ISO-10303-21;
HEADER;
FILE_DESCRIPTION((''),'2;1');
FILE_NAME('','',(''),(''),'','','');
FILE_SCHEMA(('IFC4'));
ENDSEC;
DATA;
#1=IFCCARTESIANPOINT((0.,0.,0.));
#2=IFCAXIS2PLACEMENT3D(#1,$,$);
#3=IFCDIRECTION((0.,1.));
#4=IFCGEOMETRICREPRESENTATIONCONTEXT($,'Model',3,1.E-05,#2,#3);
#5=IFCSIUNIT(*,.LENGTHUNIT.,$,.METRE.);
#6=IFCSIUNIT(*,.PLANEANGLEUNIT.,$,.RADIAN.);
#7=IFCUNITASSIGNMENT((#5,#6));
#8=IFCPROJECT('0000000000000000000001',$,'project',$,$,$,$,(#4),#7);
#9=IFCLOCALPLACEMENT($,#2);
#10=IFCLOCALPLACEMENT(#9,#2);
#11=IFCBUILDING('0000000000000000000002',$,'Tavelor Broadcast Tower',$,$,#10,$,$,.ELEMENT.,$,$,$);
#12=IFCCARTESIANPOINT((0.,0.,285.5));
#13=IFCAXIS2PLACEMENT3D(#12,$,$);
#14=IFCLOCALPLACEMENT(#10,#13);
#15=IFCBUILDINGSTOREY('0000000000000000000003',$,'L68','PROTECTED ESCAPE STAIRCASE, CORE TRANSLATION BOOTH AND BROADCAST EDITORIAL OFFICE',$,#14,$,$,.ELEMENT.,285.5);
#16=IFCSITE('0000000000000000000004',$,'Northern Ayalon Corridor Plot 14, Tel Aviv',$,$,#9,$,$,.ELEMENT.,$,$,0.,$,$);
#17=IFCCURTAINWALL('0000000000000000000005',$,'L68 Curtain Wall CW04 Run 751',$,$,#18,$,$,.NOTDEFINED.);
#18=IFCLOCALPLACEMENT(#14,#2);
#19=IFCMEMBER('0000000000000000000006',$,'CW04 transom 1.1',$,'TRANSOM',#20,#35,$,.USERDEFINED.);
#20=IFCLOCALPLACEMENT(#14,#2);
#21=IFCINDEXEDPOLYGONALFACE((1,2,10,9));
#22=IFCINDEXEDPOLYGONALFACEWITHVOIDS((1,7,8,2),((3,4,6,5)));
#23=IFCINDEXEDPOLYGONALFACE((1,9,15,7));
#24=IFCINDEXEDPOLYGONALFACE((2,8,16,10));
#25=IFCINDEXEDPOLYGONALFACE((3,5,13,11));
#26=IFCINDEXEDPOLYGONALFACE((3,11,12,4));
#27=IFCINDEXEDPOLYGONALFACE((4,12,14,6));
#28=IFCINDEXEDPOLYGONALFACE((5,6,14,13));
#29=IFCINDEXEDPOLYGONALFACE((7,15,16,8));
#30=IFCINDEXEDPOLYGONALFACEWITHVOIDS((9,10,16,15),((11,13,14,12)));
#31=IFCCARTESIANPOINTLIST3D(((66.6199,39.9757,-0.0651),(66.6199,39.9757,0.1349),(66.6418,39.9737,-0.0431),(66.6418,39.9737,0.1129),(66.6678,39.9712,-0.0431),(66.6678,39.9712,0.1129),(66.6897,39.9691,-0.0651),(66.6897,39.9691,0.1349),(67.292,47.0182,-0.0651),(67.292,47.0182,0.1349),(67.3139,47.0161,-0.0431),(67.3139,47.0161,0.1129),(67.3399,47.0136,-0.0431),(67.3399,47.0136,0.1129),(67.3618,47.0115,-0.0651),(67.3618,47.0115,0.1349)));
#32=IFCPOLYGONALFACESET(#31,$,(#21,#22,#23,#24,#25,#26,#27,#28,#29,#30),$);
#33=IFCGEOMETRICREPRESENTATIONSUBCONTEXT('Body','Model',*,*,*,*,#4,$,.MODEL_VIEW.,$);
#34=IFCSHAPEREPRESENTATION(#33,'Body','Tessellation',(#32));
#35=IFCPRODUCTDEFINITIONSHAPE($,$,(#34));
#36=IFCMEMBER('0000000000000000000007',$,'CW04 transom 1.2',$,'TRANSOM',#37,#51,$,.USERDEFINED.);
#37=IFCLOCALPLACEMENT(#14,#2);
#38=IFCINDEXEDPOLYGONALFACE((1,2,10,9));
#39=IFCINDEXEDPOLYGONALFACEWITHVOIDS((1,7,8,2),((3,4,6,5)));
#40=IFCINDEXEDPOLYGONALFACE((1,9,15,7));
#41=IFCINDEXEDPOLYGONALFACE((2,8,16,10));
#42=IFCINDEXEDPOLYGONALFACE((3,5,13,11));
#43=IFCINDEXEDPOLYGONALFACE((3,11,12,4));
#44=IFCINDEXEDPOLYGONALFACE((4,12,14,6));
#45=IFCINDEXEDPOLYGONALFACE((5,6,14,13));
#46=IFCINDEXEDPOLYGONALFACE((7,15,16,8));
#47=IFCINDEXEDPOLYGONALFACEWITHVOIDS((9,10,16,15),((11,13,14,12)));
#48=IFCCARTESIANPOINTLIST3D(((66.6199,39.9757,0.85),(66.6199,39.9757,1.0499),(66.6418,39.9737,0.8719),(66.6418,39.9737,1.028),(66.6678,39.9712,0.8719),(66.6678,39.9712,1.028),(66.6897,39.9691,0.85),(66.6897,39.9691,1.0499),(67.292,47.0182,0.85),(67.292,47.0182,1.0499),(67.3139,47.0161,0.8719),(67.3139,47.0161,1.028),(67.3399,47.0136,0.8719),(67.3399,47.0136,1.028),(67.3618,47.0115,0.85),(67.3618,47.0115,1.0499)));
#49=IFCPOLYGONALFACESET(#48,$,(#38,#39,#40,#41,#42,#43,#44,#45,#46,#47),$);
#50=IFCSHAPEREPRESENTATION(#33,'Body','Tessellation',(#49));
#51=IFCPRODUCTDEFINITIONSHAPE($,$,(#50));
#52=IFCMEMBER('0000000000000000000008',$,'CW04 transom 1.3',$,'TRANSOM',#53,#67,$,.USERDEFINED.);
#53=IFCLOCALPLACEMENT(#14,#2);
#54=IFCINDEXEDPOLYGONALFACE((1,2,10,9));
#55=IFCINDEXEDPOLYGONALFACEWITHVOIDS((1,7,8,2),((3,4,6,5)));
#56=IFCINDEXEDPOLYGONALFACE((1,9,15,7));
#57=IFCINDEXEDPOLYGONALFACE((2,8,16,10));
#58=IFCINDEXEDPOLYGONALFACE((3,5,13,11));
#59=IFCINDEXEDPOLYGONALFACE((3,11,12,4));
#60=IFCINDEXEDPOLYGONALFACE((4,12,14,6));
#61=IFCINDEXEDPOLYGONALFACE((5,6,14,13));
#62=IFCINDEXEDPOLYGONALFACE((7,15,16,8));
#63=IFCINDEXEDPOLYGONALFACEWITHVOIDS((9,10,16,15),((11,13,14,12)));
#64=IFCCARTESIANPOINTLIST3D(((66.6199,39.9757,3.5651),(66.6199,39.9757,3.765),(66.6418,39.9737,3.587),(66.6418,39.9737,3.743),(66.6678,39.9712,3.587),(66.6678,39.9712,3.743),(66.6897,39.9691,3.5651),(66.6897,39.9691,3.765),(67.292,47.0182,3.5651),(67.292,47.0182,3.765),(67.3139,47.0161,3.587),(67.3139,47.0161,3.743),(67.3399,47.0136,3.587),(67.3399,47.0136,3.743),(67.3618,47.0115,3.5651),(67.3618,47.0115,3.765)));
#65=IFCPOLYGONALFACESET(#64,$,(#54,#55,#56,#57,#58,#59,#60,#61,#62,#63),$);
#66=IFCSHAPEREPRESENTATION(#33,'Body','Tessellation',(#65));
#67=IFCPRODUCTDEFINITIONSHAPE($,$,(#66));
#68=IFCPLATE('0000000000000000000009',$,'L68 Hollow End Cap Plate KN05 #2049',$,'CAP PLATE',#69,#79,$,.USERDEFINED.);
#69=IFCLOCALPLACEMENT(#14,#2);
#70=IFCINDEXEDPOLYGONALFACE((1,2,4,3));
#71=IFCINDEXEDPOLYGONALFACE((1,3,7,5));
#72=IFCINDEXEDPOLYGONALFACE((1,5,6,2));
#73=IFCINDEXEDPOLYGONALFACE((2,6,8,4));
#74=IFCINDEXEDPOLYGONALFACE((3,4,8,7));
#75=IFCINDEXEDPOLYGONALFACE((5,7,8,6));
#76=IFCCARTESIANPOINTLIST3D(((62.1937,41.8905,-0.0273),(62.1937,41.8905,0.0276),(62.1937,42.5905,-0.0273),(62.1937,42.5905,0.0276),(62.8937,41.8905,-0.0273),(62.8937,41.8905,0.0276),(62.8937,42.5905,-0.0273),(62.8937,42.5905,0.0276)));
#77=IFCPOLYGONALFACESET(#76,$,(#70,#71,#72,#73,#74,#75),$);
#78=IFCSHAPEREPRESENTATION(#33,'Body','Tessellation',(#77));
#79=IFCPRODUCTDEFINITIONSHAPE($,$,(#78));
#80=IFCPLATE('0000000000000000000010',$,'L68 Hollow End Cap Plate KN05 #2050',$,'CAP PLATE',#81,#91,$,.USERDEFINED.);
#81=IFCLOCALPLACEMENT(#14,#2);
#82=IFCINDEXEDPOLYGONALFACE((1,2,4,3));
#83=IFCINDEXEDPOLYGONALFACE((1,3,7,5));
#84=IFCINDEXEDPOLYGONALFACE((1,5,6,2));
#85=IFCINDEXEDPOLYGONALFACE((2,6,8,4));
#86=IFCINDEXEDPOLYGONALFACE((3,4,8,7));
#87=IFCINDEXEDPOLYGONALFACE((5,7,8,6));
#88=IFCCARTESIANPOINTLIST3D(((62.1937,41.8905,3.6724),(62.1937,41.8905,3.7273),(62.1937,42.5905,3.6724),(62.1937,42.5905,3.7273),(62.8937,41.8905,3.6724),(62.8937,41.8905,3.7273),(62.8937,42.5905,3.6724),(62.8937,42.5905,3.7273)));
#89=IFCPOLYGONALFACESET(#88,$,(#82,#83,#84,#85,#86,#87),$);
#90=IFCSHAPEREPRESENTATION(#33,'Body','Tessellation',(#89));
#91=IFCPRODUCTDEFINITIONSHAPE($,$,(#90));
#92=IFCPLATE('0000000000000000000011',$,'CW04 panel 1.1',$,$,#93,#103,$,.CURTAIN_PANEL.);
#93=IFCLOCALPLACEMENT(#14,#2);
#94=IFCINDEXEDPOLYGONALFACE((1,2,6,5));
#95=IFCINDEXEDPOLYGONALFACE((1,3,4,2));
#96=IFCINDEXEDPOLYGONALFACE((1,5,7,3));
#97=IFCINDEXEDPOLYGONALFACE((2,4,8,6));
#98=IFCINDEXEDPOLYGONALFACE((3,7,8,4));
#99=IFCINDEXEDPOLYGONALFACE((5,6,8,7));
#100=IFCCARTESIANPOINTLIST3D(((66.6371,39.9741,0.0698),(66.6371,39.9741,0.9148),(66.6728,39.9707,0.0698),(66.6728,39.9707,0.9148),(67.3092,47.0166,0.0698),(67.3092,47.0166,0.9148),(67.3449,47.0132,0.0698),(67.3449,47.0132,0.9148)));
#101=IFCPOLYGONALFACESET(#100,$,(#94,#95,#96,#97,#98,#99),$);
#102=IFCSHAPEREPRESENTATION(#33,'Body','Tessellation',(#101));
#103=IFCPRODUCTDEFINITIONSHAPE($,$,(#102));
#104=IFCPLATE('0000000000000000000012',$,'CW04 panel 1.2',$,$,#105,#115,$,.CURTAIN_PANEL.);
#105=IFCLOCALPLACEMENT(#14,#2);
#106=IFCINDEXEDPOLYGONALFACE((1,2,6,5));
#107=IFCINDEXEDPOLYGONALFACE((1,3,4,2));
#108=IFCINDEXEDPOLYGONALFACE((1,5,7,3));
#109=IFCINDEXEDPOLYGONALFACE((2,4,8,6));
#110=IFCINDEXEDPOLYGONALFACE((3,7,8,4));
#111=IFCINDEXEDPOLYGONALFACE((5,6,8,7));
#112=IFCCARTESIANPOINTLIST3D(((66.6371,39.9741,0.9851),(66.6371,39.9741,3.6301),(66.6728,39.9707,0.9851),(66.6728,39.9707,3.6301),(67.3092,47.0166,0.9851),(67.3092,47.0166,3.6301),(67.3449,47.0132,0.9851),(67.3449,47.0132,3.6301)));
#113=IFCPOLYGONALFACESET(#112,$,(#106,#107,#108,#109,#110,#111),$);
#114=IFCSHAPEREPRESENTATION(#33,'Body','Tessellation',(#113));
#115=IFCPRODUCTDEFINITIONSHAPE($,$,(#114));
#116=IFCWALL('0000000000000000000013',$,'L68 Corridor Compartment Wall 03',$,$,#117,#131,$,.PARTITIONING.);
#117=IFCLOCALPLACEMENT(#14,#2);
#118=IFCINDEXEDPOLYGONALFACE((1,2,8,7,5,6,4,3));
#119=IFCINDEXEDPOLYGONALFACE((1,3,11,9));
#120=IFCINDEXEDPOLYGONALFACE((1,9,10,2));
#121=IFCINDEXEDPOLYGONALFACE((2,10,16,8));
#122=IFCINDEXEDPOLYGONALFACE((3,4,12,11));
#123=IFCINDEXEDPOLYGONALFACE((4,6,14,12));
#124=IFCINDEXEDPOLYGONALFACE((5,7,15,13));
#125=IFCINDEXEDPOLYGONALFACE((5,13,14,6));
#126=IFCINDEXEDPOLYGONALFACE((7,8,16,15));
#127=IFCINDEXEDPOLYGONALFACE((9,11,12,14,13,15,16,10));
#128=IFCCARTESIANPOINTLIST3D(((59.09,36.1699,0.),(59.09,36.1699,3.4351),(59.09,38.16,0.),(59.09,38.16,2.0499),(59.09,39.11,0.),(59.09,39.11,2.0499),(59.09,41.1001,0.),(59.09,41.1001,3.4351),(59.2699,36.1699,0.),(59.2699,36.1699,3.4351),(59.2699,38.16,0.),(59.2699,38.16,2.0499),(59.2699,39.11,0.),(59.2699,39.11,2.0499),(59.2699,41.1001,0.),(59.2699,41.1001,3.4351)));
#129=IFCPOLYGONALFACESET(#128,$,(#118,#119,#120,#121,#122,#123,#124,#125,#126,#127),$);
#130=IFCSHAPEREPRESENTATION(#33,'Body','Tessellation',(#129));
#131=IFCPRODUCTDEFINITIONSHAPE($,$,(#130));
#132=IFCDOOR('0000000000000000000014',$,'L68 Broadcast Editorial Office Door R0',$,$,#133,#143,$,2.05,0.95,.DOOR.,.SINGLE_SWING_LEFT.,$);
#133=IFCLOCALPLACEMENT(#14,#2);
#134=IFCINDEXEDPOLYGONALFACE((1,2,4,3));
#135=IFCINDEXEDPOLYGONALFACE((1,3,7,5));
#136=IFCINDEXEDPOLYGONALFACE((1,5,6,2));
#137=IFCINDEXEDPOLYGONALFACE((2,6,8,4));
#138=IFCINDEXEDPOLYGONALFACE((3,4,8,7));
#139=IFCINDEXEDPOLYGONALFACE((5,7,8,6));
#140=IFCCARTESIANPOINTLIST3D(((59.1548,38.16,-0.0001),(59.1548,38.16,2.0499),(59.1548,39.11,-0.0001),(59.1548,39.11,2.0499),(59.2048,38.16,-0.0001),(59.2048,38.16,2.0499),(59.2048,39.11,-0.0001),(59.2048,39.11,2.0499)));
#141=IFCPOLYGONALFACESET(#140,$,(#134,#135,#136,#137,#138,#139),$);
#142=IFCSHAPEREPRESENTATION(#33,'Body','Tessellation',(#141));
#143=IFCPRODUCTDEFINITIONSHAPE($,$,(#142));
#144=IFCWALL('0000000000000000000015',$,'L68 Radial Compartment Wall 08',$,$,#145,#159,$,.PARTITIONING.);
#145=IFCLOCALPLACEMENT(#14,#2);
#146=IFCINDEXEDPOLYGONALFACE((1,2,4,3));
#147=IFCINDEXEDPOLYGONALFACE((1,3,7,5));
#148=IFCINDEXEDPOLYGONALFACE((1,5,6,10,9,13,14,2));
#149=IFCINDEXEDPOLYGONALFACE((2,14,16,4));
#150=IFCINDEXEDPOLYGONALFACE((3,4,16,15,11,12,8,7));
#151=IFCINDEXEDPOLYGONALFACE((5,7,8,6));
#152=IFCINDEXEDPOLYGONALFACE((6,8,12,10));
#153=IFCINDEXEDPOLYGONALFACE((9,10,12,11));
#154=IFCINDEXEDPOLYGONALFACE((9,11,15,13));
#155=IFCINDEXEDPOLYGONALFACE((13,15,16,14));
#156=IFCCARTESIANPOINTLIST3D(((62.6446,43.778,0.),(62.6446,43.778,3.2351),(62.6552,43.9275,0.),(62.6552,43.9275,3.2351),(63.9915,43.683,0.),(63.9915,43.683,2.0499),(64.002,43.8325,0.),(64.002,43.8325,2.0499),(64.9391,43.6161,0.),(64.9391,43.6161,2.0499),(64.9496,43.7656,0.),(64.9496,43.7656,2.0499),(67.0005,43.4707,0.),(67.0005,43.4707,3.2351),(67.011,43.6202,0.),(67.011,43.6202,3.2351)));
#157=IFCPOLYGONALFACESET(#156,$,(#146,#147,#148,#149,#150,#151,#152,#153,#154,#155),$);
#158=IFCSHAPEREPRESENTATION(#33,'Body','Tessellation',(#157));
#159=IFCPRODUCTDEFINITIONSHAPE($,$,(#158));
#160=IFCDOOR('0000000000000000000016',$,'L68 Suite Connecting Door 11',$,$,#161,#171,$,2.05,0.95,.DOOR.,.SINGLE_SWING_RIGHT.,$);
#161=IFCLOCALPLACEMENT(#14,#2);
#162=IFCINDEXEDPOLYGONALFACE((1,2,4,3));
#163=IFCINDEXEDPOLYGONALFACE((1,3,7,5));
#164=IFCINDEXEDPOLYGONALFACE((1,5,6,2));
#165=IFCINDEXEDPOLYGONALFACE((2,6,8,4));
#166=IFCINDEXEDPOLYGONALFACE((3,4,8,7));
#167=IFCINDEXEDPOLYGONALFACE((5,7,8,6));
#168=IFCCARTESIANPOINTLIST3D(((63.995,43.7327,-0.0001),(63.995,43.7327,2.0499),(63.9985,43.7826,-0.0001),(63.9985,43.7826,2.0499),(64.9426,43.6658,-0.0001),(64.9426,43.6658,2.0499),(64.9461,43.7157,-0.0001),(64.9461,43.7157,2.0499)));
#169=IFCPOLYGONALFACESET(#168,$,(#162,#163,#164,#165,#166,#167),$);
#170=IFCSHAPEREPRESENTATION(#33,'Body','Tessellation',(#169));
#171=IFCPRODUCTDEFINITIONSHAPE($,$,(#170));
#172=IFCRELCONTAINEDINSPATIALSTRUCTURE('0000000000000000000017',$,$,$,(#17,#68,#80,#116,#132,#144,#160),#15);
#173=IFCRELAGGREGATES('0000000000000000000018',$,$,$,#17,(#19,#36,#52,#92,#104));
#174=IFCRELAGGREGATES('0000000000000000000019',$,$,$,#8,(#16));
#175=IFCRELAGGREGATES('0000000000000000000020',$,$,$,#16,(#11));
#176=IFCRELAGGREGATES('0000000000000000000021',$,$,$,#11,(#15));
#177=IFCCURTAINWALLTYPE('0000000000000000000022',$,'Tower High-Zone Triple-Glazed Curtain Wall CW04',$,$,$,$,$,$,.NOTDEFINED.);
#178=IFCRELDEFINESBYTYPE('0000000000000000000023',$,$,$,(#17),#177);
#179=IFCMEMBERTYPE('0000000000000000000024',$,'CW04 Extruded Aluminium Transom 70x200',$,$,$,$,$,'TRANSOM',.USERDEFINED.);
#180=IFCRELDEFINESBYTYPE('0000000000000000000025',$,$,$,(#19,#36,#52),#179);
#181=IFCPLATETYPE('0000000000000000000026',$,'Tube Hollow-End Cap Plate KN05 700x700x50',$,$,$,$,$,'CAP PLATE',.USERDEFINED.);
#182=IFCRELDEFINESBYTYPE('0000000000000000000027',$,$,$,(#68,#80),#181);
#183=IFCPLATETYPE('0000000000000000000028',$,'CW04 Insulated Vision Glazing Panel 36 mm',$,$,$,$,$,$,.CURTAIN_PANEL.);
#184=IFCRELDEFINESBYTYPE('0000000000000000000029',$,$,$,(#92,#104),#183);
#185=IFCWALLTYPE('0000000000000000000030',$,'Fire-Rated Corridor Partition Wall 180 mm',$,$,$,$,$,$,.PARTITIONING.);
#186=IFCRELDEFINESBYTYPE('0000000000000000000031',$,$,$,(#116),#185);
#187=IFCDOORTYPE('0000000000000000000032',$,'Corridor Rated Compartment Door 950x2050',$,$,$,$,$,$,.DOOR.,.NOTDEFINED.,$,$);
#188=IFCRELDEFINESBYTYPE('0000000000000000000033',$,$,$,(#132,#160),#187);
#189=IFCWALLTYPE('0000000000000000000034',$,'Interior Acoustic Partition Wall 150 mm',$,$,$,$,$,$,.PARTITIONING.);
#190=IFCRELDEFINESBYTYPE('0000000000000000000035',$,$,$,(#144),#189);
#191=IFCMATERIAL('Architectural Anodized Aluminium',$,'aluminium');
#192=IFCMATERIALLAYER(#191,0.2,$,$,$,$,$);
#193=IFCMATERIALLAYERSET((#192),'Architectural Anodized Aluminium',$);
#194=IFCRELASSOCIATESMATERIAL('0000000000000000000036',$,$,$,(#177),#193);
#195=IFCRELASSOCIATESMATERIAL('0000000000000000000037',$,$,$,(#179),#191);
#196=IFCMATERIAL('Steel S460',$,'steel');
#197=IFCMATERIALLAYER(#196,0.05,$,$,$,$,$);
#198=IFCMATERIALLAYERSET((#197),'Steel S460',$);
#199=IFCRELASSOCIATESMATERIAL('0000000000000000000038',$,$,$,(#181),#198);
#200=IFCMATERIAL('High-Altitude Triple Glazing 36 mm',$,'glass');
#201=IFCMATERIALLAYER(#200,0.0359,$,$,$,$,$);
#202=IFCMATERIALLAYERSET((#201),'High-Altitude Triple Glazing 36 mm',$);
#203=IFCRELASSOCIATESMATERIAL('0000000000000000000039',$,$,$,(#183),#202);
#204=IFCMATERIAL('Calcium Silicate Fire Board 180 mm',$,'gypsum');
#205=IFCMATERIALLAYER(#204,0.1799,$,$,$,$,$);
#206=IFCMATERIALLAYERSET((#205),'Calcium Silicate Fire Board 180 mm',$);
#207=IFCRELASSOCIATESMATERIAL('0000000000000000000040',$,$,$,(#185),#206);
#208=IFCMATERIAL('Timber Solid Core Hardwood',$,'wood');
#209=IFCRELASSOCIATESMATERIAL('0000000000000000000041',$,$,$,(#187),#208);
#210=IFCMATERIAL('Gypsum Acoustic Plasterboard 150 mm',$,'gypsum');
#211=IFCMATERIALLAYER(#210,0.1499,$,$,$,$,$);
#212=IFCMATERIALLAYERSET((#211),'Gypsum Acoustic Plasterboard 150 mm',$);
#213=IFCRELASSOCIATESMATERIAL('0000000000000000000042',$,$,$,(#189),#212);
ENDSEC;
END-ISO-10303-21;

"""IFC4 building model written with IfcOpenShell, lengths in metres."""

from ifc_helpers import new_model, si_unit, direction, frame, frame_2d, origin, origin_2d, place, context, subcontext, project, spatial, rectangle, hollow_rectangle, extrude, source, transform, mapped, material, layer, layer_set, material_profile, profile_set, type_object, type_shapes, element, fill, aggregate, save


model = new_model("IFC4")

# Units and contexts
model_context = context("Model", 3, precision=1e-05, world=origin(), true_north=direction((0.0, 1.0)))
body_context = subcontext(model_context, "Body", "Model", "MODEL_VIEW")
ifc_project = project(units=[si_unit("LENGTHUNIT", "METRE"), si_unit("PLANEANGLEUNIT", "RADIAN")], contexts=[model_context])

# Site, building, storey
site_placement = place(None, origin())
site = spatial("IfcSite", under=ifc_project, at=site_placement, Name="Northern Ayalon Corridor Plot 14, Tel Aviv", CompositionType="ELEMENT", RefElevation=0.0)
building_placement = place(site_placement, origin())
building = spatial("IfcBuilding", under=site, at=building_placement, Name="Tavelor Broadcast Tower", CompositionType="ELEMENT")
storey_placement = place(building_placement, frame((0.0, 0.0, 285.5)))
storey = spatial("IfcBuildingStorey", under=building, at=storey_placement, Name="L68", Description="PROTECTED ESCAPE STAIRCASE, CORE TRANSLATION BOOTH AND BROADCAST EDITORIAL OFFICE", CompositionType="ELEMENT", Elevation=285.5)

# Shared definitions
ifc_material_1 = material(Name="Steel S460", Category="steel")

# Shared definitions
ifc_material_2 = material(Name="Architectural Anodized Aluminium", Category="aluminium")
ifc_layer_1 = layer(ifc_material_2, 0.2)
ifc_layer_set_1 = layer_set([ifc_layer_1], Name="Architectural Anodized Aluminium")
curtain_wall_type = type_object("IfcCurtainWallType", Name="Tower High-Zone Triple-Glazed Curtain Wall CW04", PredefinedType="NOTDEFINED", material=ifc_layer_set_1)

# Curtain wall, members
curtain_wall_1_placement = place(storey_placement, origin())
curtain_wall_1 = element("IfcCurtainWall", 1, at=curtain_wall_1_placement, inside=storey, type_object=curtain_wall_type, Name="L68 Curtain Wall CW04 Run 751", PredefinedType="NOTDEFINED")
ifc_material_profile_1 = material_profile(ifc_material_2, hollow_rectangle(XDim=0.0701, YDim=0.2, WallThickness=0.022, at=origin_2d()), Name="RHS 70x200x22")
ifc_profile_set_1 = profile_set([ifc_material_profile_1], Name="Architectural Anodized Aluminium")
member_type_1 = type_object("IfcMemberType", Name="CW04 Extruded Aluminium Transom 70x200", ElementType="TRANSOM", PredefinedType="USERDEFINED", material=ifc_profile_set_1)
shared_shape_1 = source(origin(), body_context, "Body", "SweptSolid", [
    extrude(hollow_rectangle(XDim=0.0701, YDim=0.2, WallThickness=0.022, at=origin_2d()), origin(), (0.0, 0.0, 1.0), 7.0745),
])
type_shapes(member_type_1, [shared_shape_1])
member_1_placement = place(storey_placement, frame((66.6548, 39.9724, 0.0349), z_axis=(0.095006, 0.995477, 0.0), x_axis=(-0.995477, 0.095006, 0.0)))
member_1 = element("IfcMember", 2, at=member_1_placement, type_object=member_type_1, Name="CW04 transom 1.1", ObjectType="TRANSOM", PredefinedType="USERDEFINED", context=body_context, shape_type="MappedRepresentation", body=[
    mapped(shared_shape_1, transform((0.0, 0.0, 0.0), scale=1.0)),
])
member_2_placement = place(storey_placement, frame((66.6548, 39.9724, 0.95), z_axis=(0.095006, 0.995477, 0.0), x_axis=(-0.995477, 0.095006, 0.0)))
member_2 = element("IfcMember", 3, at=member_2_placement, type_object=member_type_1, Name="CW04 transom 1.2", ObjectType="TRANSOM", PredefinedType="USERDEFINED", context=body_context, shape_type="MappedRepresentation", body=[
    mapped(shared_shape_1, transform((0.0, 0.0, 0.0), scale=1.0)),
])
member_3_placement = place(storey_placement, frame((66.6548, 39.9724, 3.665), z_axis=(0.095006, 0.995477, 0.0), x_axis=(-0.995477, 0.095006, 0.0)))
member_3 = element("IfcMember", 4, at=member_3_placement, type_object=member_type_1, Name="CW04 transom 1.3", ObjectType="TRANSOM", PredefinedType="USERDEFINED", context=body_context, shape_type="MappedRepresentation", body=[
    mapped(shared_shape_1, transform((0.0, 0.0, 0.0), scale=1.0)),
])

# Plates
ifc_layer_2 = layer(ifc_material_1, 0.05)
ifc_layer_set_2 = layer_set([ifc_layer_2], Name="Steel S460")
plate_type_1 = type_object("IfcPlateType", Name="Tube Hollow-End Cap Plate KN05 700x700x50", ElementType="CAP PLATE", PredefinedType="USERDEFINED", material=ifc_layer_set_2)
shared_shape_2 = source(origin(), body_context, "Body", "SweptSolid", [
    extrude(rectangle(XDim=0.7, YDim=0.7, at=origin_2d()), origin(), (0.0, 0.0, 1.0), 0.0549),
])
type_shapes(plate_type_1, [shared_shape_2])
for number, where, z_axis, x_axis, name in (
    (5, (62.5437, 42.2405, -0.0273), (0.0, 0.0, 1.0), (1.0, 0.0, 0.0), "L68 Hollow End Cap Plate KN05 #2049"),
    (6, (62.5437, 42.2405, 3.6724), (0.0, 0.0, 1.0), (1.0, 0.0, 0.0), "L68 Hollow End Cap Plate KN05 #2050"),
):
    element("IfcPlate", number, at=place(storey_placement, frame(where, z_axis=z_axis, x_axis=x_axis)), inside=storey, type_object=plate_type_1, Name=name, ObjectType="CAP PLATE", PredefinedType="USERDEFINED", context=body_context, shape_type="MappedRepresentation", body=[
        mapped(shared_shape_2, transform((0.0, 0.0, 0.0), scale=1.0)),
    ])

# Plates
ifc_material_3 = material(Name="High-Altitude Triple Glazing 36 mm", Category="glass")
ifc_layer_3 = layer(ifc_material_3, 0.0359)
ifc_layer_set_3 = layer_set([ifc_layer_3], Name="High-Altitude Triple Glazing 36 mm")
plate_type_2 = type_object("IfcPlateType", Name="CW04 Insulated Vision Glazing Panel 36 mm", PredefinedType="CURTAIN_PANEL", material=ifc_layer_set_3)
shared_shape_3 = source(origin(), body_context, "Body", "SweptSolid", [
    extrude(rectangle(XDim=7.0745, YDim=0.0359, at=origin_2d()), origin(), (0.0, 0.0, 1.0), 0.845),
])
plate_1_placement = place(storey_placement, frame((66.991, 43.4937, 0.0698), z_axis=(0.0, 0.0, 1.0), x_axis=(0.095003, 0.995477, 0.0)))
plate_1 = element("IfcPlate", 7, at=plate_1_placement, type_object=plate_type_2, Name="CW04 panel 1.1", PredefinedType="CURTAIN_PANEL", context=body_context, shape_type="MappedRepresentation", body=[
    mapped(shared_shape_3, transform((0.0, 0.0, 0.0), scale=1.0)),
])
shared_shape_4 = source(origin(), body_context, "Body", "SweptSolid", [
    extrude(rectangle(XDim=7.0745, YDim=0.0359, at=origin_2d()), origin(), (0.0, 0.0, 1.0), 2.645),
])
type_shapes(plate_type_2, [shared_shape_3, shared_shape_4])
plate_2_placement = place(storey_placement, frame((66.991, 43.4937, 0.9851), z_axis=(0.0, 0.0, 1.0), x_axis=(0.095003, 0.995477, 0.0)))
plate_2 = element("IfcPlate", 8, at=plate_2_placement, type_object=plate_type_2, Name="CW04 panel 1.2", PredefinedType="CURTAIN_PANEL", context=body_context, shape_type="MappedRepresentation", body=[
    mapped(shared_shape_4, transform((0.0, 0.0, 0.0), scale=1.0)),
])
aggregate(curtain_wall_1, [member_1, member_2, member_3, plate_1, plate_2])

# Walls, openings, doors
ifc_material_4 = material(Name="Calcium Silicate Fire Board 180 mm", Category="gypsum")
ifc_layer_4 = layer(ifc_material_4, 0.1799)
ifc_layer_set_4 = layer_set([ifc_layer_4], Name="Calcium Silicate Fire Board 180 mm")
wall_type_1 = type_object("IfcWallType", Name="Fire-Rated Corridor Partition Wall 180 mm", PredefinedType="PARTITIONING", material=ifc_layer_set_4)
wall_1_placement = place(storey_placement, frame((59.1799, 41.1001, 0.0), z_axis=(0.0, 0.0, 1.0), x_axis=(0.0, -1.0, 0.0)))
wall_1 = element("IfcWall", 9, at=wall_1_placement, inside=storey, type_object=wall_type_1, Name="L68 Corridor Compartment Wall 03", PredefinedType="PARTITIONING", context=body_context, shape_type="SweptSolid", body=[
    extrude(rectangle(XDim=4.9302, YDim=0.1799, at=frame_2d((2.4651, 0.0))), origin(), (0.0, 0.0, 1.0), 3.4351),
])
opening_1_placement = place(wall_1_placement, frame((1.99, 0.0, 0.0)))
opening_1 = element("IfcOpeningElement", 10, at=opening_1_placement, cuts=wall_1, PredefinedType="OPENING", context=body_context, shape_type="SweptSolid", body=[
    extrude(rectangle(XDim=0.95, YDim=2.05, at=frame_2d((0.4751, 1.0249))), frame((0.0, 0.1001, 0.0), z_axis=(0.0, -1.0, 0.0), x_axis=(1.0, 0.0, 0.0)), (0.0, 0.0, 1.0), 0.2),
])
ifc_material_5 = material(Name="Timber Solid Core Hardwood", Category="wood")
door_type_1 = type_object("IfcDoorType", Name="Corridor Rated Compartment Door 950x2050", OperationType="NOTDEFINED", PredefinedType="DOOR", material=ifc_material_5)
door_1_placement = place(opening_1_placement, origin())
door_1 = element("IfcDoor", 11, at=door_1_placement, inside=storey, type_object=door_type_1, Name="L68 Broadcast Editorial Office Door R0", OperationType="SINGLE_SWING_LEFT", OverallHeight=2.05, OverallWidth=0.95, PredefinedType="DOOR", context=body_context, shape_type="SweptSolid", body=[
    extrude(rectangle(XDim=0.95, YDim=2.05, at=frame_2d((0.4751, 1.0249))), frame((0.0, 0.0249, 0.0), z_axis=(0.0, -1.0, 0.0), x_axis=(1.0, 0.0, 0.0)), (0.0, 0.0, 1.0), 0.05),
])
fill(opening_1, door_1)
ifc_material_6 = material(Name="Gypsum Acoustic Plasterboard 150 mm", Category="gypsum")
ifc_layer_5 = layer(ifc_material_6, 0.1499)
ifc_layer_set_5 = layer_set([ifc_layer_5], Name="Gypsum Acoustic Plasterboard 150 mm")
wall_type_2 = type_object("IfcWallType", Name="Interior Acoustic Partition Wall 150 mm", PredefinedType="PARTITIONING", material=ifc_layer_set_5)
wall_2_placement = place(storey_placement, frame((62.6499, 43.8528, 0.0), z_axis=(0.0, 0.0, 1.0), x_axis=(0.99752, -0.070389, 0.0)))
wall_2 = element("IfcWall", 12, at=wall_2_placement, inside=storey, type_object=wall_type_2, Name="L68 Radial Compartment Wall 08", PredefinedType="PARTITIONING", context=body_context, shape_type="SweptSolid", body=[
    extrude(rectangle(XDim=4.3667, YDim=0.1499, at=frame_2d((2.1833, 0.0))), origin(), (0.0, 0.0, 1.0), 3.2351),
])
opening_2_placement = place(wall_2_placement, frame((1.3501, 0.0, 0.0)))
opening_2 = element("IfcOpeningElement", 13, at=opening_2_placement, cuts=wall_2, PredefinedType="OPENING", context=body_context, shape_type="SweptSolid", body=[
    extrude(rectangle(XDim=0.95, YDim=2.05, at=frame_2d((0.4751, 1.0249))), frame((0.0, 0.085, 0.0), z_axis=(0.0, -1.0, 0.0), x_axis=(1.0, 0.0, 0.0)), (0.0, 0.0, 1.0), 0.1699),
])
door_2_placement = place(opening_2_placement, origin())
door_2 = element("IfcDoor", 14, at=door_2_placement, inside=storey, type_object=door_type_1, Name="L68 Suite Connecting Door 11", OperationType="SINGLE_SWING_RIGHT", OverallHeight=2.05, OverallWidth=0.95, PredefinedType="DOOR", context=body_context, shape_type="SweptSolid", body=[
    extrude(rectangle(XDim=0.95, YDim=2.05, at=frame_2d((0.4751, 1.0249))), frame((0.0, 0.0249, 0.0), z_axis=(0.0, -1.0, 0.0), x_axis=(1.0, 0.0, 0.0)), (0.0, 0.0, 1.0), 0.05),
])
fill(opening_2, door_2)

save(model, "model.ifc")
